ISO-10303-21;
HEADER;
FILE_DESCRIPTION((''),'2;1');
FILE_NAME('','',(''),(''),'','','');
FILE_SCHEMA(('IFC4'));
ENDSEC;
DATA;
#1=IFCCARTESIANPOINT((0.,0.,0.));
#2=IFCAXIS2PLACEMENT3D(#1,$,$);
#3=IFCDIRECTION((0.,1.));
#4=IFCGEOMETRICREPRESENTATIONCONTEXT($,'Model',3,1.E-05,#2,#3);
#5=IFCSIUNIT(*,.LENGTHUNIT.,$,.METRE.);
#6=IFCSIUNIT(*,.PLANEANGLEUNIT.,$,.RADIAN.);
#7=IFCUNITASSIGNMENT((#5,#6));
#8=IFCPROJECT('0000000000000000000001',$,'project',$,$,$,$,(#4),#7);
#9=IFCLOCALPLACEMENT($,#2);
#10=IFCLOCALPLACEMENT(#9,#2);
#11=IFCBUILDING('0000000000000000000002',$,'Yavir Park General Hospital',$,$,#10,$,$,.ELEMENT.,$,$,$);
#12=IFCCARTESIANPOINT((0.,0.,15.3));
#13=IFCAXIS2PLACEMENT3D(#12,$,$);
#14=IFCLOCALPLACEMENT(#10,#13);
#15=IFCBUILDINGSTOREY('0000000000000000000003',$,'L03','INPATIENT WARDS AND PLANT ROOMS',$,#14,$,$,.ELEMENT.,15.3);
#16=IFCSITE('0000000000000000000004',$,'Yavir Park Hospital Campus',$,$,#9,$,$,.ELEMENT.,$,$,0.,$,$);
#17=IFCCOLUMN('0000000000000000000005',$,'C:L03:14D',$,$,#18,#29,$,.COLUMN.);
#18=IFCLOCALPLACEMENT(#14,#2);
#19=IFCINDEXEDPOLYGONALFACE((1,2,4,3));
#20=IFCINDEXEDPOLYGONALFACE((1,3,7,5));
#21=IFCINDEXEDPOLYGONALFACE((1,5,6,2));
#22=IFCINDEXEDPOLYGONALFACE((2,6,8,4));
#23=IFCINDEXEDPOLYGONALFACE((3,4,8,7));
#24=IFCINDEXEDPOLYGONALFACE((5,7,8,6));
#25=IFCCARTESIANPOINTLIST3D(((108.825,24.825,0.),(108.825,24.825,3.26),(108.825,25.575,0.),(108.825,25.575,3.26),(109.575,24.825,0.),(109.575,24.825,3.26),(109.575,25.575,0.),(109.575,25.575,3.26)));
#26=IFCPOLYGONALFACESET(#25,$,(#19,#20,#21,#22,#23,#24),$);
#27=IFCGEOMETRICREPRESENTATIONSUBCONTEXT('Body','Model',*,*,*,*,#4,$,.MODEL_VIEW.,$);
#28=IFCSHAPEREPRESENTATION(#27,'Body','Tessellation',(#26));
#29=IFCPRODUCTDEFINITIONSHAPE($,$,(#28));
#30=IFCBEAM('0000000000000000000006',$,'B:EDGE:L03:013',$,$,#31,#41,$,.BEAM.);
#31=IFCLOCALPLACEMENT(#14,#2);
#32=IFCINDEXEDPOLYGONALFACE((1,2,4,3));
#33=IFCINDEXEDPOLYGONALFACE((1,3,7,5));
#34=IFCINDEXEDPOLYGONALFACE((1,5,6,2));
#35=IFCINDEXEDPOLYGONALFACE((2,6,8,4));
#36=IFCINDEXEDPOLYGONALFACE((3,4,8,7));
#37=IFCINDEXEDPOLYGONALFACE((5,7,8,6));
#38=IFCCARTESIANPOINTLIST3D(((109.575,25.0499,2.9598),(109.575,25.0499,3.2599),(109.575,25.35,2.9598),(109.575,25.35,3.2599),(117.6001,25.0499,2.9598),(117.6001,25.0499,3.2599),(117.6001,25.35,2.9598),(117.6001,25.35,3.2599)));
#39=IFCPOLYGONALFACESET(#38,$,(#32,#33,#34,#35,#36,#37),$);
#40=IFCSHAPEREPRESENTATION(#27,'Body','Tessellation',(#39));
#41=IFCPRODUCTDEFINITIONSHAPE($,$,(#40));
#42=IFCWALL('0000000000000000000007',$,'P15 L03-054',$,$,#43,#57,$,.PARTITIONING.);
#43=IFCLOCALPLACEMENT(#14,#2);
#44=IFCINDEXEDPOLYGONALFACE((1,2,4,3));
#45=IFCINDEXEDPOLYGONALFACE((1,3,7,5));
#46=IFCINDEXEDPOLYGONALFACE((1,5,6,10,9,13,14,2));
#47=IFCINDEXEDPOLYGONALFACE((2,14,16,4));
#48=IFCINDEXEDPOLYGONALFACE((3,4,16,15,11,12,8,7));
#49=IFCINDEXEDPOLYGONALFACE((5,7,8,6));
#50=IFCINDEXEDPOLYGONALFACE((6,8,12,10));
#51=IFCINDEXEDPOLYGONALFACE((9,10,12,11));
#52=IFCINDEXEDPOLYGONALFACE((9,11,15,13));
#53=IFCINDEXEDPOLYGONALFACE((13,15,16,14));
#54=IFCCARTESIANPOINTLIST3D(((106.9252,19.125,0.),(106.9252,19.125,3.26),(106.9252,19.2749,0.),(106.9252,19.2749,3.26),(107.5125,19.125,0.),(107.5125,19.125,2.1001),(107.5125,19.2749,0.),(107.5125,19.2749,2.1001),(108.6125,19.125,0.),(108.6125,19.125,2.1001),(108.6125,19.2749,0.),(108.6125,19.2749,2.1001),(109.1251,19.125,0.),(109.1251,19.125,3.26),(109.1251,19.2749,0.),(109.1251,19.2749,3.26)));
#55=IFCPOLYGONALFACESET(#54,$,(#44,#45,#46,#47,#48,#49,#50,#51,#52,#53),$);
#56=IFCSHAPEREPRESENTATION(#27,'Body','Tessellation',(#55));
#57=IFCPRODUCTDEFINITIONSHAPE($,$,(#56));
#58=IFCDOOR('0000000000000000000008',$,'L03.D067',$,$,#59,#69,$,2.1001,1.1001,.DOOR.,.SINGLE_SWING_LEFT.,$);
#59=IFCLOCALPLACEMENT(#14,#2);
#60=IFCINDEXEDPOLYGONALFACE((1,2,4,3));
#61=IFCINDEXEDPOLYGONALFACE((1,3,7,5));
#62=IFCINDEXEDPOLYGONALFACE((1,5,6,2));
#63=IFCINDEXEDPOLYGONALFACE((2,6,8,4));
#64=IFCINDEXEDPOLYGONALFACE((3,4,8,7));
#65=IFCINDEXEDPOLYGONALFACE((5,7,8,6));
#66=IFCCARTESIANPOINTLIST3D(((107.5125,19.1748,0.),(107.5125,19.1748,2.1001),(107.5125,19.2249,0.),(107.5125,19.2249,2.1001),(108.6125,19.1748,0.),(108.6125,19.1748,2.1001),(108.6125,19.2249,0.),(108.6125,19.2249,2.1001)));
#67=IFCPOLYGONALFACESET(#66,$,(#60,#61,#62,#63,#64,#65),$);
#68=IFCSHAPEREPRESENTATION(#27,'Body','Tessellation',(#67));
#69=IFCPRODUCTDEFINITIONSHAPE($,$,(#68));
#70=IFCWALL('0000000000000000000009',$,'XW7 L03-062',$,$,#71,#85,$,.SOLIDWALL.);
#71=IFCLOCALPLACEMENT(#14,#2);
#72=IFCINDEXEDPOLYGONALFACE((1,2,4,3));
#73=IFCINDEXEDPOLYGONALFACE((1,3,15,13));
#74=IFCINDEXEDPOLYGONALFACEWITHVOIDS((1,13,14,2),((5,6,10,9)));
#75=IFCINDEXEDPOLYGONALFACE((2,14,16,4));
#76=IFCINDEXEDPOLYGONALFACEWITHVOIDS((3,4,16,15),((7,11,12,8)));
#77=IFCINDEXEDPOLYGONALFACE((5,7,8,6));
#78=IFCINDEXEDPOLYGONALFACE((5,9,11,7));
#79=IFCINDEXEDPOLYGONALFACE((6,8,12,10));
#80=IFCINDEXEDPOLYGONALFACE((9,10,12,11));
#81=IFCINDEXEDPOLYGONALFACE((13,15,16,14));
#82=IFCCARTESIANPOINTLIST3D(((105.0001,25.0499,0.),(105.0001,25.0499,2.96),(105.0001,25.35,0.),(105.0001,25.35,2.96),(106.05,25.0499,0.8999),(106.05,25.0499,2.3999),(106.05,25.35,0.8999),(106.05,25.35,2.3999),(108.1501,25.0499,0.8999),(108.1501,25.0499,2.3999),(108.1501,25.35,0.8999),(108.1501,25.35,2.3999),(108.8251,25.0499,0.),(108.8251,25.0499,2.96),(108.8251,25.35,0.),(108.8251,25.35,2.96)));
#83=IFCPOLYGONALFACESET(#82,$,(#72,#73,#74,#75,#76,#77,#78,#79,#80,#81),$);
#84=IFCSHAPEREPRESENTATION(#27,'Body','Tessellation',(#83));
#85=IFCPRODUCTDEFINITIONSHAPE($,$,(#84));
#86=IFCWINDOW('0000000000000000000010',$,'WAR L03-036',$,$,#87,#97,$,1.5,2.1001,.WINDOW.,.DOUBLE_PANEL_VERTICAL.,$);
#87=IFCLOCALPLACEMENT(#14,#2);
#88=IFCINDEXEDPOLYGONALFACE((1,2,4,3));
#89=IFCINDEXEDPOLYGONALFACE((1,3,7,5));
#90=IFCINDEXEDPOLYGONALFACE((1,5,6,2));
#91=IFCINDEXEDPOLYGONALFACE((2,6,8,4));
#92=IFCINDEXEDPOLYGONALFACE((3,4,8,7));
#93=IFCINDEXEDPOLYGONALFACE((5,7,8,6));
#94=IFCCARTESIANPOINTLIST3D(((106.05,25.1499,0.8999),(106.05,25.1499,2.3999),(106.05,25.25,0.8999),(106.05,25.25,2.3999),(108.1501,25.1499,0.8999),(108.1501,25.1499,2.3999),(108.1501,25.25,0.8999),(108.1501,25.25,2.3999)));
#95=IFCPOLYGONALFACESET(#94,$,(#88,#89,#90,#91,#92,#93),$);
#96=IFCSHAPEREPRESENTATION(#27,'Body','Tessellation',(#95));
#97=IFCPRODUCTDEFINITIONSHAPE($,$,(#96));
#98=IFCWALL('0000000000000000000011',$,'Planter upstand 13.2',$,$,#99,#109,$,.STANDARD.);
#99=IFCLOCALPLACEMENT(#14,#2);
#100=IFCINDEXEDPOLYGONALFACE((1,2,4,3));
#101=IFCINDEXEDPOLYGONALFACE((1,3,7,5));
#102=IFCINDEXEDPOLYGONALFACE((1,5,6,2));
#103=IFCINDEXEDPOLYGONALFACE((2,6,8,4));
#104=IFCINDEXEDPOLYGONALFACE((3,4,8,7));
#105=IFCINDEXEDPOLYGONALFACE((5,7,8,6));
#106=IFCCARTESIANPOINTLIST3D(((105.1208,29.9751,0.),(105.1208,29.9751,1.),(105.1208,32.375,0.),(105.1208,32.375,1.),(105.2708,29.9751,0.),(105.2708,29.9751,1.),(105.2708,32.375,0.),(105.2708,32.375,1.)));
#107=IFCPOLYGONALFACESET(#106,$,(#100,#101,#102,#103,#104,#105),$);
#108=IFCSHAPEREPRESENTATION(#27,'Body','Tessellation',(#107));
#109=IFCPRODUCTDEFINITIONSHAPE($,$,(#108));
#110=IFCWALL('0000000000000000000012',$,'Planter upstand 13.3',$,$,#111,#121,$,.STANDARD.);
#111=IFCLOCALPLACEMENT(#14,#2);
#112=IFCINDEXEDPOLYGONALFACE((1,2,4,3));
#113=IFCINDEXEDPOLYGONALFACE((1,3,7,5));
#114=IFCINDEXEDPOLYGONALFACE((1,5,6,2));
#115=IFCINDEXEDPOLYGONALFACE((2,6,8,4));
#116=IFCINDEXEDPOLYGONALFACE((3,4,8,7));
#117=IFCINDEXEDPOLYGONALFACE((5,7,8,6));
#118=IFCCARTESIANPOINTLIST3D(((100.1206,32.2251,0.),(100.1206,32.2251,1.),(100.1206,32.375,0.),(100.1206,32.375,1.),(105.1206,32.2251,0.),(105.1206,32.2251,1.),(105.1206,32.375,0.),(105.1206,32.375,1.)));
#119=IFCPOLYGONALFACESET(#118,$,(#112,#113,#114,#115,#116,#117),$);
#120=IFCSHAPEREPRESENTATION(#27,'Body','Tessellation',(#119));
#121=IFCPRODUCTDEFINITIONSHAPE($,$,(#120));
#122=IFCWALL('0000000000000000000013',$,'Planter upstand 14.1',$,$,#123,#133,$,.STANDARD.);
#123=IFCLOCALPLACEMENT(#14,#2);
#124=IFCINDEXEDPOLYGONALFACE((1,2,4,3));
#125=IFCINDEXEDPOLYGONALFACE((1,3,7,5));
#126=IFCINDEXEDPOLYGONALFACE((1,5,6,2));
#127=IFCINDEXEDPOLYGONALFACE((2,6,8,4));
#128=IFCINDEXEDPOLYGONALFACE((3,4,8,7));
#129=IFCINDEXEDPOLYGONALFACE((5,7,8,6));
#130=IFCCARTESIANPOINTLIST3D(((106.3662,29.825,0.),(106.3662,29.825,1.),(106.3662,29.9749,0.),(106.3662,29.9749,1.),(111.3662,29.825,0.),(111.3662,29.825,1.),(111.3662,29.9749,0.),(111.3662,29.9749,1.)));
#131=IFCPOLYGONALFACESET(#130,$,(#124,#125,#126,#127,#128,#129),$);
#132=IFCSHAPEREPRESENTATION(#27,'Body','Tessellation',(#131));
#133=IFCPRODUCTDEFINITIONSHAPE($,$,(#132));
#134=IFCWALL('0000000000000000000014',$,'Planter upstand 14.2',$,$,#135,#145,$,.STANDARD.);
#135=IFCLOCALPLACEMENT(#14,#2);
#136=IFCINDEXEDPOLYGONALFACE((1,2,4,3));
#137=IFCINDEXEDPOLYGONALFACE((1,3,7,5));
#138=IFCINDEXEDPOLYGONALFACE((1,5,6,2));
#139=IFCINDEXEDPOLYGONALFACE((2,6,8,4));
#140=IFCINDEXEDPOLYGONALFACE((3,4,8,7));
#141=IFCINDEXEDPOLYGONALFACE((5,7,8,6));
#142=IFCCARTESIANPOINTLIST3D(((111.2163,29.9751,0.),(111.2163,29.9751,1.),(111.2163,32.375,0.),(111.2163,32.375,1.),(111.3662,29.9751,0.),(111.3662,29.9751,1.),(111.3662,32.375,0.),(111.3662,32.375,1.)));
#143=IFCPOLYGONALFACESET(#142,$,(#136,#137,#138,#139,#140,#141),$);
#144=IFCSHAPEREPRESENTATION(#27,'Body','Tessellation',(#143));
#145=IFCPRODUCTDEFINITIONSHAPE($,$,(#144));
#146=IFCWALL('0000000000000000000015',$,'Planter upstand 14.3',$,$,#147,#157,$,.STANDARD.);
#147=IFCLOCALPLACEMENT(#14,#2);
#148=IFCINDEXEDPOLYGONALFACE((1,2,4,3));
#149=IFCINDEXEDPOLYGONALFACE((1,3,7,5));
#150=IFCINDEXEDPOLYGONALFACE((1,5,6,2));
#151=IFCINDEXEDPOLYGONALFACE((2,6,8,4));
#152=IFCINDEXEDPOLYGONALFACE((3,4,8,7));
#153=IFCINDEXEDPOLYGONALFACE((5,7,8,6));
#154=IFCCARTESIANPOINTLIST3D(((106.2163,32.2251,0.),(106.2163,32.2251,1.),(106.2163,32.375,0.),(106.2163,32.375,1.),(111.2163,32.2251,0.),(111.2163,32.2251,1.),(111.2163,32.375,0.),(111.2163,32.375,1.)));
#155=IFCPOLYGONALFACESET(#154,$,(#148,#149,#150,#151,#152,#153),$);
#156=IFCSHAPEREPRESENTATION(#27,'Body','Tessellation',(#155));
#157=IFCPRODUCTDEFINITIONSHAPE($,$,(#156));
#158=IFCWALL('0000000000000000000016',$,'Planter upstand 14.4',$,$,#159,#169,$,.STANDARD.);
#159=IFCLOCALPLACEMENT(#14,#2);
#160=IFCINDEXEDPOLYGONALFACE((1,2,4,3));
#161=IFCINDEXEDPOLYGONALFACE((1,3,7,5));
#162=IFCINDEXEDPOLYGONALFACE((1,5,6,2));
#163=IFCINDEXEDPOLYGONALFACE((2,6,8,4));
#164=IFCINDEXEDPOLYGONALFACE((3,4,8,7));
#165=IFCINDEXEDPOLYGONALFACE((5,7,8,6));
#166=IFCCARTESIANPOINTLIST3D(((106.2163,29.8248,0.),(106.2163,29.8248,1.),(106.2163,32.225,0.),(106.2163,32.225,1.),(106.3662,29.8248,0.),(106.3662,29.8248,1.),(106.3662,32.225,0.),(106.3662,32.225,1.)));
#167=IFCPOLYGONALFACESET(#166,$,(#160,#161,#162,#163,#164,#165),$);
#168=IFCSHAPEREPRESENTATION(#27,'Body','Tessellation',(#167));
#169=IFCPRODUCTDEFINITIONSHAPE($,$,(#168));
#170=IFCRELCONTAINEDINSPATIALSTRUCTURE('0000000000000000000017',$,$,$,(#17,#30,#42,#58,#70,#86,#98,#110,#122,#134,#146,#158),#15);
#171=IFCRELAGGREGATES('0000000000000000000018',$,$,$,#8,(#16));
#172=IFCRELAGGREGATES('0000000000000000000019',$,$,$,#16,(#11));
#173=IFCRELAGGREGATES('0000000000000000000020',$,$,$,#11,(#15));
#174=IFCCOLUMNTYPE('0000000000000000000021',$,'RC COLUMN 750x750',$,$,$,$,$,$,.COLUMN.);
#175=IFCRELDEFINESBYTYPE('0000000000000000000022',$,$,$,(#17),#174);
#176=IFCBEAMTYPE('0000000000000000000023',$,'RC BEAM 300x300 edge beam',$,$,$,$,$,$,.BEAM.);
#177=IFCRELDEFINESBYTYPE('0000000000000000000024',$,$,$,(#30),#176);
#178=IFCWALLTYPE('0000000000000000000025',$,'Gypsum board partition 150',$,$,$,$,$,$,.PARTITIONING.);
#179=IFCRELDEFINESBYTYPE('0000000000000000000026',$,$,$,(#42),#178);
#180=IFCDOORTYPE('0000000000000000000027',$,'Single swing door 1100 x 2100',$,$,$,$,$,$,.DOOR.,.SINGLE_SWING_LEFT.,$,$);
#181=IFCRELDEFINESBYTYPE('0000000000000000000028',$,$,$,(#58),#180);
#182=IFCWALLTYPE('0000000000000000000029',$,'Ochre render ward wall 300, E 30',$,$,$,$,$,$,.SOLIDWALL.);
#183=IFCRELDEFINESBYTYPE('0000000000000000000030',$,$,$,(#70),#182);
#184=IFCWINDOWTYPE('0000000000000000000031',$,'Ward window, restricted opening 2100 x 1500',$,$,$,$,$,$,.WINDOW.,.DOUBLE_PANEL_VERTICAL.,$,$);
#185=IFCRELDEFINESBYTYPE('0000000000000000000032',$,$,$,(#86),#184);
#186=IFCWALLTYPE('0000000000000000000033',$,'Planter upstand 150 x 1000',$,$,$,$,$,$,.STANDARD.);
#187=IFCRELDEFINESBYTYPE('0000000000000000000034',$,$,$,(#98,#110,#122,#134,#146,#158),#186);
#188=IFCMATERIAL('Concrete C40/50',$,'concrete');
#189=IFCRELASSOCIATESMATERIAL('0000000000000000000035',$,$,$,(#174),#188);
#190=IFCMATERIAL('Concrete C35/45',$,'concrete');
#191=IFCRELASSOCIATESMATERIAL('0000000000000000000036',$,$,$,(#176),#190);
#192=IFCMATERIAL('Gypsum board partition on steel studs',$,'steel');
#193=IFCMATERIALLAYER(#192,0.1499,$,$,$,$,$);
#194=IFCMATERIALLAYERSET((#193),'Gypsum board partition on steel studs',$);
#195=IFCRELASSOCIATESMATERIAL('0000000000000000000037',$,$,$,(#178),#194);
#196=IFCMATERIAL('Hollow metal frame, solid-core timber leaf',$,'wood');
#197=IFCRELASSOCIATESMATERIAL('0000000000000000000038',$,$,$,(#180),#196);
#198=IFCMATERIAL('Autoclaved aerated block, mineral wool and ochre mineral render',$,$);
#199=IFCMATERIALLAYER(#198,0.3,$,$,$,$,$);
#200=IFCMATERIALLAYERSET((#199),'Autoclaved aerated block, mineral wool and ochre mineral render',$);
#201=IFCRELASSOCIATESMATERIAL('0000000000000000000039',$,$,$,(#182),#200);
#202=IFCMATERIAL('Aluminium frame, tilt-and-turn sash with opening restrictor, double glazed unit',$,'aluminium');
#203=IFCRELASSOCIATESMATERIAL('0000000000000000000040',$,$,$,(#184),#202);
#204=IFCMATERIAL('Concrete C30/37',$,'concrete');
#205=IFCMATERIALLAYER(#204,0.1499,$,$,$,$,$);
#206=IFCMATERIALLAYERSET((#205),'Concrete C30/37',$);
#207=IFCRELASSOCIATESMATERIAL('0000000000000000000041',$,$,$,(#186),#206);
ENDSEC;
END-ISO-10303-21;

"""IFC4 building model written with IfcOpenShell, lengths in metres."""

from ifc_helpers import new_model, si_unit, direction, frame, frame_2d, origin, origin_2d, place, context, subcontext, project, spatial, rectangle, extrude, material, layer, layer_set, material_profile, profile_set, type_object, element, fill, save


model = new_model("IFC4")

# Units and contexts
model_context = context("Model", 3, precision=1e-05, world=origin(), true_north=direction((0.0, 1.0)))
body_context = subcontext(model_context, "Body", "Model", "MODEL_VIEW")
ifc_project = project(units=[si_unit("LENGTHUNIT", "METRE"), si_unit("PLANEANGLEUNIT", "RADIAN")], contexts=[model_context])

# Site, building, storey
site_placement = place(None, origin())
site = spatial("IfcSite", under=ifc_project, at=site_placement, Name="Yavir Park Hospital Campus", CompositionType="ELEMENT", RefElevation=0.0)
building_placement = place(site_placement, origin())
building = spatial("IfcBuilding", under=site, at=building_placement, Name="Yavir Park General Hospital", CompositionType="ELEMENT")
storey_placement = place(building_placement, frame((0.0, 0.0, 15.3)))
storey = spatial("IfcBuildingStorey", under=building, at=storey_placement, Name="L03", Description="INPATIENT WARDS AND PLANT ROOMS", CompositionType="ELEMENT", Elevation=15.3)

# Column
ifc_material_1 = material(Name="Concrete C40/50", Category="concrete")
ifc_material_profile_1 = material_profile(ifc_material_1, rectangle(XDim=0.75, YDim=0.75, at=origin_2d()), Name="RC750x750")
ifc_profile_set_1 = profile_set([ifc_material_profile_1], Name="Concrete C40/50")
column_type = type_object("IfcColumnType", Name="RC COLUMN 750x750", PredefinedType="COLUMN", material=ifc_profile_set_1)
column_placement = place(storey_placement, frame((109.2, 25.2, 0.0), z_axis=(0.0, 0.0, 1.0), x_axis=(1.0, 0.0, 0.0)))
element("IfcColumn", 1, at=column_placement, inside=storey, type_object=column_type, Name="C:L03:14D", PredefinedType="COLUMN", context=body_context, shape_type="SweptSolid", body=[
    extrude(rectangle(XDim=0.75, YDim=0.75, at=origin_2d()), origin(), (0.0, 0.0, 1.0), 3.26),
])

# Beam
ifc_material_2 = material(Name="Concrete C35/45", Category="concrete")
ifc_material_profile_2 = material_profile(ifc_material_2, rectangle(XDim=0.3, YDim=0.3, at=origin_2d()), Name="RC300x300")
ifc_profile_set_2 = profile_set([ifc_material_profile_2], Name="Concrete C35/45")
beam_type = type_object("IfcBeamType", Name="RC BEAM 300x300 edge beam", PredefinedType="BEAM", material=ifc_profile_set_2)
beam_placement = place(storey_placement, frame((109.575, 25.2, 3.1099), z_axis=(1.0, 0.0, 0.0), x_axis=(0.0, 1.0, 0.0)))
element("IfcBeam", 2, at=beam_placement, inside=storey, type_object=beam_type, Name="B:EDGE:L03:013", PredefinedType="BEAM", context=body_context, shape_type="SweptSolid", body=[
    extrude(rectangle(XDim=0.3, YDim=0.3, at=origin_2d()), origin(), (0.0, 0.0, 1.0), 8.0251),
])

# Wall, opening, door
ifc_material_3 = material(Name="Gypsum board partition on steel studs", Category="steel")
ifc_layer_1 = layer(ifc_material_3, 0.1499)
ifc_layer_set_1 = layer_set([ifc_layer_1], Name="Gypsum board partition on steel studs")
wall_type_1 = type_object("IfcWallType", Name="Gypsum board partition 150", PredefinedType="PARTITIONING", material=ifc_layer_set_1)
wall_1_placement = place(storey_placement, frame((106.925, 19.2, 0.0), z_axis=(0.0, 0.0, 1.0), x_axis=(1.0, 0.0, 0.0)))
wall_1 = element("IfcWall", 3, at=wall_1_placement, inside=storey, type_object=wall_type_1, Name="P15 L03-054", PredefinedType="PARTITIONING", context=body_context, shape_type="SweptSolid", body=[
    extrude(rectangle(XDim=2.2, YDim=0.1499, at=frame_2d((1.1001, 0.0))), origin(), (0.0, 0.0, 1.0), 3.26),
])
opening_1_placement = place(wall_1_placement, frame((0.5874, 0.0, 0.0)))
opening_1 = element("IfcOpeningElement", 4, at=opening_1_placement, cuts=wall_1, PredefinedType="OPENING", context=body_context, shape_type="SweptSolid", body=[
    extrude(rectangle(XDim=1.1001, YDim=2.1001, at=frame_2d((0.55, 1.05))), frame((0.0, 0.085, 0.0), z_axis=(0.0, -1.0, 0.0), x_axis=(1.0, 0.0, 0.0)), (0.0, 0.0, 1.0), 0.1699),
])
ifc_material_4 = material(Name="Hollow metal frame, solid-core timber leaf", Category="wood")
door_type_1 = type_object("IfcDoorType", Name="Single swing door 1100 x 2100", OperationType="SINGLE_SWING_LEFT", PredefinedType="DOOR", material=ifc_material_4)
door_1_placement = place(opening_1_placement, origin())
door_1 = element("IfcDoor", 5, at=door_1_placement, inside=storey, type_object=door_type_1, Name="L03.D067", OperationType="SINGLE_SWING_LEFT", OverallHeight=2.1001, OverallWidth=1.1001, PredefinedType="DOOR", context=body_context, shape_type="SweptSolid", body=[
    extrude(rectangle(XDim=1.1001, YDim=2.1001, at=frame_2d((0.55, 1.05))), frame((0.0, 0.0249, 0.0), z_axis=(0.0, -1.0, 0.0), x_axis=(1.0, 0.0, 0.0)), (0.0, 0.0, 1.0), 0.05),
])
fill(opening_1, door_1)

# Wall, opening, window
ifc_material_5 = material(Name="Autoclaved aerated block, mineral wool and ochre mineral render")
ifc_layer_2 = layer(ifc_material_5, 0.3)
ifc_layer_set_2 = layer_set([ifc_layer_2], Name="Autoclaved aerated block, mineral wool and ochre mineral render")
wall_type_2 = type_object("IfcWallType", Name="Ochre render ward wall 300, E 30", PredefinedType="SOLIDWALL", material=ifc_layer_set_2)
wall_2_placement = place(storey_placement, frame((105.0, 25.2, 0.0), z_axis=(0.0, 0.0, 1.0), x_axis=(1.0, 0.0, 0.0)))
wall_2 = element("IfcWall", 6, at=wall_2_placement, inside=storey, type_object=wall_type_2, Name="XW7 L03-062", PredefinedType="SOLIDWALL", context=body_context, shape_type="SweptSolid", body=[
    extrude(rectangle(XDim=3.825, YDim=0.3, at=frame_2d((1.9126, 0.0))), origin(), (0.0, 0.0, 1.0), 2.96),
])
opening_2_placement = place(wall_2_placement, frame((1.05, 0.0, 0.8999)))
opening_2 = element("IfcOpeningElement", 7, at=opening_2_placement, cuts=wall_2, PredefinedType="OPENING", context=body_context, shape_type="SweptSolid", body=[
    extrude(rectangle(XDim=2.1001, YDim=1.5, at=frame_2d((1.05, 0.75))), frame((0.0, 0.1599, 0.0), z_axis=(0.0, -1.0, 0.0), x_axis=(1.0, 0.0, 0.0)), (0.0, 0.0, 1.0), 0.3201),
])
ifc_material_6 = material(Name="Aluminium frame, tilt-and-turn sash with opening restrictor, double glazed unit", Category="aluminium")
window_type_1 = type_object("IfcWindowType", Name="Ward window, restricted opening 2100 x 1500", PartitioningType="DOUBLE_PANEL_VERTICAL", PredefinedType="WINDOW", material=ifc_material_6)
window_1_placement = place(opening_2_placement, origin())
window_1 = element("IfcWindow", 8, at=window_1_placement, inside=storey, type_object=window_type_1, Name="WAR L03-036", OverallHeight=1.5, OverallWidth=2.1001, PartitioningType="DOUBLE_PANEL_VERTICAL", PredefinedType="WINDOW", context=body_context, shape_type="SweptSolid", body=[
    extrude(rectangle(XDim=2.1001, YDim=1.5, at=frame_2d((1.05, 0.75))), frame((0.0, 0.05, 0.0), z_axis=(0.0, -1.0, 0.0), x_axis=(1.0, 0.0, 0.0)), (0.0, 0.0, 1.0), 0.1001),
])
fill(opening_2, window_1)

# Walls
ifc_material_7 = material(Name="Concrete C30/37", Category="concrete")
ifc_layer_3 = layer(ifc_material_7, 0.1499)
ifc_layer_set_3 = layer_set([ifc_layer_3], Name="Concrete C30/37")
wall_type_3 = type_object("IfcWallType", Name="Planter upstand 150 x 1000", PredefinedType="STANDARD", material=ifc_layer_set_3)
wall_3_placement = place(storey_placement, frame((105.1958, 29.9751, 0.0), z_axis=(0.0, 0.0, 1.0), x_axis=(0.0, 1.0, 0.0)))
element("IfcWall", 9, at=wall_3_placement, inside=storey, type_object=wall_type_3, Name="Planter upstand 13.2", PredefinedType="STANDARD", context=body_context, shape_type="SweptSolid", body=[
    extrude(rectangle(XDim=2.3999, YDim=0.1499, at=frame_2d((1.2, 0.0))), origin(), (0.0, 0.0, 1.0), 1.0),
])
for number, where, z_axis, x_axis, name in (
    (10, (105.1206, 32.3, 0.0), (0.0, 0.0, 1.0), (-1.0, 0.0, 0.0), "Planter upstand 13.3"),
    (11, (106.3662, 29.8999, 0.0), (0.0, 0.0, 1.0), (1.0, 0.0, 0.0), "Planter upstand 14.1"),
):
    element("IfcWall", number, at=place(storey_placement, frame(where, z_axis=z_axis, x_axis=x_axis)), inside=storey, type_object=wall_type_3, Name=name, PredefinedType="STANDARD", context=body_context, shape_type="SweptSolid", body=[
        extrude(rectangle(XDim=5.0, YDim=0.1499, at=frame_2d((2.5, 0.0))), origin(), (0.0, 0.0, 1.0), 1.0),
    ])
wall_4_placement = place(storey_placement, frame((111.2913, 29.9751, 0.0), z_axis=(0.0, 0.0, 1.0), x_axis=(0.0, 1.0, 0.0)))
element("IfcWall", 12, at=wall_4_placement, inside=storey, type_object=wall_type_3, Name="Planter upstand 14.2", PredefinedType="STANDARD", context=body_context, shape_type="SweptSolid", body=[
    extrude(rectangle(XDim=2.3999, YDim=0.1499, at=frame_2d((1.2, 0.0))), origin(), (0.0, 0.0, 1.0), 1.0),
])
wall_5_placement = place(storey_placement, frame((111.2163, 32.3, 0.0), z_axis=(0.0, 0.0, 1.0), x_axis=(-1.0, 0.0, 0.0)))
element("IfcWall", 13, at=wall_5_placement, inside=storey, type_object=wall_type_3, Name="Planter upstand 14.3", PredefinedType="STANDARD", context=body_context, shape_type="SweptSolid", body=[
    extrude(rectangle(XDim=5.0, YDim=0.1499, at=frame_2d((2.5, 0.0))), origin(), (0.0, 0.0, 1.0), 1.0),
])
wall_6_placement = place(storey_placement, frame((106.2913, 32.2251, 0.0), z_axis=(0.0, 0.0, 1.0), x_axis=(0.0, -1.0, 0.0)))
element("IfcWall", 14, at=wall_6_placement, inside=storey, type_object=wall_type_3, Name="Planter upstand 14.4", PredefinedType="STANDARD", context=body_context, shape_type="SweptSolid", body=[
    extrude(rectangle(XDim=2.4001, YDim=0.1499, at=frame_2d((1.2002, 0.0))), origin(), (0.0, 0.0, 1.0), 1.0),
])

save(model, "model.ifc")
